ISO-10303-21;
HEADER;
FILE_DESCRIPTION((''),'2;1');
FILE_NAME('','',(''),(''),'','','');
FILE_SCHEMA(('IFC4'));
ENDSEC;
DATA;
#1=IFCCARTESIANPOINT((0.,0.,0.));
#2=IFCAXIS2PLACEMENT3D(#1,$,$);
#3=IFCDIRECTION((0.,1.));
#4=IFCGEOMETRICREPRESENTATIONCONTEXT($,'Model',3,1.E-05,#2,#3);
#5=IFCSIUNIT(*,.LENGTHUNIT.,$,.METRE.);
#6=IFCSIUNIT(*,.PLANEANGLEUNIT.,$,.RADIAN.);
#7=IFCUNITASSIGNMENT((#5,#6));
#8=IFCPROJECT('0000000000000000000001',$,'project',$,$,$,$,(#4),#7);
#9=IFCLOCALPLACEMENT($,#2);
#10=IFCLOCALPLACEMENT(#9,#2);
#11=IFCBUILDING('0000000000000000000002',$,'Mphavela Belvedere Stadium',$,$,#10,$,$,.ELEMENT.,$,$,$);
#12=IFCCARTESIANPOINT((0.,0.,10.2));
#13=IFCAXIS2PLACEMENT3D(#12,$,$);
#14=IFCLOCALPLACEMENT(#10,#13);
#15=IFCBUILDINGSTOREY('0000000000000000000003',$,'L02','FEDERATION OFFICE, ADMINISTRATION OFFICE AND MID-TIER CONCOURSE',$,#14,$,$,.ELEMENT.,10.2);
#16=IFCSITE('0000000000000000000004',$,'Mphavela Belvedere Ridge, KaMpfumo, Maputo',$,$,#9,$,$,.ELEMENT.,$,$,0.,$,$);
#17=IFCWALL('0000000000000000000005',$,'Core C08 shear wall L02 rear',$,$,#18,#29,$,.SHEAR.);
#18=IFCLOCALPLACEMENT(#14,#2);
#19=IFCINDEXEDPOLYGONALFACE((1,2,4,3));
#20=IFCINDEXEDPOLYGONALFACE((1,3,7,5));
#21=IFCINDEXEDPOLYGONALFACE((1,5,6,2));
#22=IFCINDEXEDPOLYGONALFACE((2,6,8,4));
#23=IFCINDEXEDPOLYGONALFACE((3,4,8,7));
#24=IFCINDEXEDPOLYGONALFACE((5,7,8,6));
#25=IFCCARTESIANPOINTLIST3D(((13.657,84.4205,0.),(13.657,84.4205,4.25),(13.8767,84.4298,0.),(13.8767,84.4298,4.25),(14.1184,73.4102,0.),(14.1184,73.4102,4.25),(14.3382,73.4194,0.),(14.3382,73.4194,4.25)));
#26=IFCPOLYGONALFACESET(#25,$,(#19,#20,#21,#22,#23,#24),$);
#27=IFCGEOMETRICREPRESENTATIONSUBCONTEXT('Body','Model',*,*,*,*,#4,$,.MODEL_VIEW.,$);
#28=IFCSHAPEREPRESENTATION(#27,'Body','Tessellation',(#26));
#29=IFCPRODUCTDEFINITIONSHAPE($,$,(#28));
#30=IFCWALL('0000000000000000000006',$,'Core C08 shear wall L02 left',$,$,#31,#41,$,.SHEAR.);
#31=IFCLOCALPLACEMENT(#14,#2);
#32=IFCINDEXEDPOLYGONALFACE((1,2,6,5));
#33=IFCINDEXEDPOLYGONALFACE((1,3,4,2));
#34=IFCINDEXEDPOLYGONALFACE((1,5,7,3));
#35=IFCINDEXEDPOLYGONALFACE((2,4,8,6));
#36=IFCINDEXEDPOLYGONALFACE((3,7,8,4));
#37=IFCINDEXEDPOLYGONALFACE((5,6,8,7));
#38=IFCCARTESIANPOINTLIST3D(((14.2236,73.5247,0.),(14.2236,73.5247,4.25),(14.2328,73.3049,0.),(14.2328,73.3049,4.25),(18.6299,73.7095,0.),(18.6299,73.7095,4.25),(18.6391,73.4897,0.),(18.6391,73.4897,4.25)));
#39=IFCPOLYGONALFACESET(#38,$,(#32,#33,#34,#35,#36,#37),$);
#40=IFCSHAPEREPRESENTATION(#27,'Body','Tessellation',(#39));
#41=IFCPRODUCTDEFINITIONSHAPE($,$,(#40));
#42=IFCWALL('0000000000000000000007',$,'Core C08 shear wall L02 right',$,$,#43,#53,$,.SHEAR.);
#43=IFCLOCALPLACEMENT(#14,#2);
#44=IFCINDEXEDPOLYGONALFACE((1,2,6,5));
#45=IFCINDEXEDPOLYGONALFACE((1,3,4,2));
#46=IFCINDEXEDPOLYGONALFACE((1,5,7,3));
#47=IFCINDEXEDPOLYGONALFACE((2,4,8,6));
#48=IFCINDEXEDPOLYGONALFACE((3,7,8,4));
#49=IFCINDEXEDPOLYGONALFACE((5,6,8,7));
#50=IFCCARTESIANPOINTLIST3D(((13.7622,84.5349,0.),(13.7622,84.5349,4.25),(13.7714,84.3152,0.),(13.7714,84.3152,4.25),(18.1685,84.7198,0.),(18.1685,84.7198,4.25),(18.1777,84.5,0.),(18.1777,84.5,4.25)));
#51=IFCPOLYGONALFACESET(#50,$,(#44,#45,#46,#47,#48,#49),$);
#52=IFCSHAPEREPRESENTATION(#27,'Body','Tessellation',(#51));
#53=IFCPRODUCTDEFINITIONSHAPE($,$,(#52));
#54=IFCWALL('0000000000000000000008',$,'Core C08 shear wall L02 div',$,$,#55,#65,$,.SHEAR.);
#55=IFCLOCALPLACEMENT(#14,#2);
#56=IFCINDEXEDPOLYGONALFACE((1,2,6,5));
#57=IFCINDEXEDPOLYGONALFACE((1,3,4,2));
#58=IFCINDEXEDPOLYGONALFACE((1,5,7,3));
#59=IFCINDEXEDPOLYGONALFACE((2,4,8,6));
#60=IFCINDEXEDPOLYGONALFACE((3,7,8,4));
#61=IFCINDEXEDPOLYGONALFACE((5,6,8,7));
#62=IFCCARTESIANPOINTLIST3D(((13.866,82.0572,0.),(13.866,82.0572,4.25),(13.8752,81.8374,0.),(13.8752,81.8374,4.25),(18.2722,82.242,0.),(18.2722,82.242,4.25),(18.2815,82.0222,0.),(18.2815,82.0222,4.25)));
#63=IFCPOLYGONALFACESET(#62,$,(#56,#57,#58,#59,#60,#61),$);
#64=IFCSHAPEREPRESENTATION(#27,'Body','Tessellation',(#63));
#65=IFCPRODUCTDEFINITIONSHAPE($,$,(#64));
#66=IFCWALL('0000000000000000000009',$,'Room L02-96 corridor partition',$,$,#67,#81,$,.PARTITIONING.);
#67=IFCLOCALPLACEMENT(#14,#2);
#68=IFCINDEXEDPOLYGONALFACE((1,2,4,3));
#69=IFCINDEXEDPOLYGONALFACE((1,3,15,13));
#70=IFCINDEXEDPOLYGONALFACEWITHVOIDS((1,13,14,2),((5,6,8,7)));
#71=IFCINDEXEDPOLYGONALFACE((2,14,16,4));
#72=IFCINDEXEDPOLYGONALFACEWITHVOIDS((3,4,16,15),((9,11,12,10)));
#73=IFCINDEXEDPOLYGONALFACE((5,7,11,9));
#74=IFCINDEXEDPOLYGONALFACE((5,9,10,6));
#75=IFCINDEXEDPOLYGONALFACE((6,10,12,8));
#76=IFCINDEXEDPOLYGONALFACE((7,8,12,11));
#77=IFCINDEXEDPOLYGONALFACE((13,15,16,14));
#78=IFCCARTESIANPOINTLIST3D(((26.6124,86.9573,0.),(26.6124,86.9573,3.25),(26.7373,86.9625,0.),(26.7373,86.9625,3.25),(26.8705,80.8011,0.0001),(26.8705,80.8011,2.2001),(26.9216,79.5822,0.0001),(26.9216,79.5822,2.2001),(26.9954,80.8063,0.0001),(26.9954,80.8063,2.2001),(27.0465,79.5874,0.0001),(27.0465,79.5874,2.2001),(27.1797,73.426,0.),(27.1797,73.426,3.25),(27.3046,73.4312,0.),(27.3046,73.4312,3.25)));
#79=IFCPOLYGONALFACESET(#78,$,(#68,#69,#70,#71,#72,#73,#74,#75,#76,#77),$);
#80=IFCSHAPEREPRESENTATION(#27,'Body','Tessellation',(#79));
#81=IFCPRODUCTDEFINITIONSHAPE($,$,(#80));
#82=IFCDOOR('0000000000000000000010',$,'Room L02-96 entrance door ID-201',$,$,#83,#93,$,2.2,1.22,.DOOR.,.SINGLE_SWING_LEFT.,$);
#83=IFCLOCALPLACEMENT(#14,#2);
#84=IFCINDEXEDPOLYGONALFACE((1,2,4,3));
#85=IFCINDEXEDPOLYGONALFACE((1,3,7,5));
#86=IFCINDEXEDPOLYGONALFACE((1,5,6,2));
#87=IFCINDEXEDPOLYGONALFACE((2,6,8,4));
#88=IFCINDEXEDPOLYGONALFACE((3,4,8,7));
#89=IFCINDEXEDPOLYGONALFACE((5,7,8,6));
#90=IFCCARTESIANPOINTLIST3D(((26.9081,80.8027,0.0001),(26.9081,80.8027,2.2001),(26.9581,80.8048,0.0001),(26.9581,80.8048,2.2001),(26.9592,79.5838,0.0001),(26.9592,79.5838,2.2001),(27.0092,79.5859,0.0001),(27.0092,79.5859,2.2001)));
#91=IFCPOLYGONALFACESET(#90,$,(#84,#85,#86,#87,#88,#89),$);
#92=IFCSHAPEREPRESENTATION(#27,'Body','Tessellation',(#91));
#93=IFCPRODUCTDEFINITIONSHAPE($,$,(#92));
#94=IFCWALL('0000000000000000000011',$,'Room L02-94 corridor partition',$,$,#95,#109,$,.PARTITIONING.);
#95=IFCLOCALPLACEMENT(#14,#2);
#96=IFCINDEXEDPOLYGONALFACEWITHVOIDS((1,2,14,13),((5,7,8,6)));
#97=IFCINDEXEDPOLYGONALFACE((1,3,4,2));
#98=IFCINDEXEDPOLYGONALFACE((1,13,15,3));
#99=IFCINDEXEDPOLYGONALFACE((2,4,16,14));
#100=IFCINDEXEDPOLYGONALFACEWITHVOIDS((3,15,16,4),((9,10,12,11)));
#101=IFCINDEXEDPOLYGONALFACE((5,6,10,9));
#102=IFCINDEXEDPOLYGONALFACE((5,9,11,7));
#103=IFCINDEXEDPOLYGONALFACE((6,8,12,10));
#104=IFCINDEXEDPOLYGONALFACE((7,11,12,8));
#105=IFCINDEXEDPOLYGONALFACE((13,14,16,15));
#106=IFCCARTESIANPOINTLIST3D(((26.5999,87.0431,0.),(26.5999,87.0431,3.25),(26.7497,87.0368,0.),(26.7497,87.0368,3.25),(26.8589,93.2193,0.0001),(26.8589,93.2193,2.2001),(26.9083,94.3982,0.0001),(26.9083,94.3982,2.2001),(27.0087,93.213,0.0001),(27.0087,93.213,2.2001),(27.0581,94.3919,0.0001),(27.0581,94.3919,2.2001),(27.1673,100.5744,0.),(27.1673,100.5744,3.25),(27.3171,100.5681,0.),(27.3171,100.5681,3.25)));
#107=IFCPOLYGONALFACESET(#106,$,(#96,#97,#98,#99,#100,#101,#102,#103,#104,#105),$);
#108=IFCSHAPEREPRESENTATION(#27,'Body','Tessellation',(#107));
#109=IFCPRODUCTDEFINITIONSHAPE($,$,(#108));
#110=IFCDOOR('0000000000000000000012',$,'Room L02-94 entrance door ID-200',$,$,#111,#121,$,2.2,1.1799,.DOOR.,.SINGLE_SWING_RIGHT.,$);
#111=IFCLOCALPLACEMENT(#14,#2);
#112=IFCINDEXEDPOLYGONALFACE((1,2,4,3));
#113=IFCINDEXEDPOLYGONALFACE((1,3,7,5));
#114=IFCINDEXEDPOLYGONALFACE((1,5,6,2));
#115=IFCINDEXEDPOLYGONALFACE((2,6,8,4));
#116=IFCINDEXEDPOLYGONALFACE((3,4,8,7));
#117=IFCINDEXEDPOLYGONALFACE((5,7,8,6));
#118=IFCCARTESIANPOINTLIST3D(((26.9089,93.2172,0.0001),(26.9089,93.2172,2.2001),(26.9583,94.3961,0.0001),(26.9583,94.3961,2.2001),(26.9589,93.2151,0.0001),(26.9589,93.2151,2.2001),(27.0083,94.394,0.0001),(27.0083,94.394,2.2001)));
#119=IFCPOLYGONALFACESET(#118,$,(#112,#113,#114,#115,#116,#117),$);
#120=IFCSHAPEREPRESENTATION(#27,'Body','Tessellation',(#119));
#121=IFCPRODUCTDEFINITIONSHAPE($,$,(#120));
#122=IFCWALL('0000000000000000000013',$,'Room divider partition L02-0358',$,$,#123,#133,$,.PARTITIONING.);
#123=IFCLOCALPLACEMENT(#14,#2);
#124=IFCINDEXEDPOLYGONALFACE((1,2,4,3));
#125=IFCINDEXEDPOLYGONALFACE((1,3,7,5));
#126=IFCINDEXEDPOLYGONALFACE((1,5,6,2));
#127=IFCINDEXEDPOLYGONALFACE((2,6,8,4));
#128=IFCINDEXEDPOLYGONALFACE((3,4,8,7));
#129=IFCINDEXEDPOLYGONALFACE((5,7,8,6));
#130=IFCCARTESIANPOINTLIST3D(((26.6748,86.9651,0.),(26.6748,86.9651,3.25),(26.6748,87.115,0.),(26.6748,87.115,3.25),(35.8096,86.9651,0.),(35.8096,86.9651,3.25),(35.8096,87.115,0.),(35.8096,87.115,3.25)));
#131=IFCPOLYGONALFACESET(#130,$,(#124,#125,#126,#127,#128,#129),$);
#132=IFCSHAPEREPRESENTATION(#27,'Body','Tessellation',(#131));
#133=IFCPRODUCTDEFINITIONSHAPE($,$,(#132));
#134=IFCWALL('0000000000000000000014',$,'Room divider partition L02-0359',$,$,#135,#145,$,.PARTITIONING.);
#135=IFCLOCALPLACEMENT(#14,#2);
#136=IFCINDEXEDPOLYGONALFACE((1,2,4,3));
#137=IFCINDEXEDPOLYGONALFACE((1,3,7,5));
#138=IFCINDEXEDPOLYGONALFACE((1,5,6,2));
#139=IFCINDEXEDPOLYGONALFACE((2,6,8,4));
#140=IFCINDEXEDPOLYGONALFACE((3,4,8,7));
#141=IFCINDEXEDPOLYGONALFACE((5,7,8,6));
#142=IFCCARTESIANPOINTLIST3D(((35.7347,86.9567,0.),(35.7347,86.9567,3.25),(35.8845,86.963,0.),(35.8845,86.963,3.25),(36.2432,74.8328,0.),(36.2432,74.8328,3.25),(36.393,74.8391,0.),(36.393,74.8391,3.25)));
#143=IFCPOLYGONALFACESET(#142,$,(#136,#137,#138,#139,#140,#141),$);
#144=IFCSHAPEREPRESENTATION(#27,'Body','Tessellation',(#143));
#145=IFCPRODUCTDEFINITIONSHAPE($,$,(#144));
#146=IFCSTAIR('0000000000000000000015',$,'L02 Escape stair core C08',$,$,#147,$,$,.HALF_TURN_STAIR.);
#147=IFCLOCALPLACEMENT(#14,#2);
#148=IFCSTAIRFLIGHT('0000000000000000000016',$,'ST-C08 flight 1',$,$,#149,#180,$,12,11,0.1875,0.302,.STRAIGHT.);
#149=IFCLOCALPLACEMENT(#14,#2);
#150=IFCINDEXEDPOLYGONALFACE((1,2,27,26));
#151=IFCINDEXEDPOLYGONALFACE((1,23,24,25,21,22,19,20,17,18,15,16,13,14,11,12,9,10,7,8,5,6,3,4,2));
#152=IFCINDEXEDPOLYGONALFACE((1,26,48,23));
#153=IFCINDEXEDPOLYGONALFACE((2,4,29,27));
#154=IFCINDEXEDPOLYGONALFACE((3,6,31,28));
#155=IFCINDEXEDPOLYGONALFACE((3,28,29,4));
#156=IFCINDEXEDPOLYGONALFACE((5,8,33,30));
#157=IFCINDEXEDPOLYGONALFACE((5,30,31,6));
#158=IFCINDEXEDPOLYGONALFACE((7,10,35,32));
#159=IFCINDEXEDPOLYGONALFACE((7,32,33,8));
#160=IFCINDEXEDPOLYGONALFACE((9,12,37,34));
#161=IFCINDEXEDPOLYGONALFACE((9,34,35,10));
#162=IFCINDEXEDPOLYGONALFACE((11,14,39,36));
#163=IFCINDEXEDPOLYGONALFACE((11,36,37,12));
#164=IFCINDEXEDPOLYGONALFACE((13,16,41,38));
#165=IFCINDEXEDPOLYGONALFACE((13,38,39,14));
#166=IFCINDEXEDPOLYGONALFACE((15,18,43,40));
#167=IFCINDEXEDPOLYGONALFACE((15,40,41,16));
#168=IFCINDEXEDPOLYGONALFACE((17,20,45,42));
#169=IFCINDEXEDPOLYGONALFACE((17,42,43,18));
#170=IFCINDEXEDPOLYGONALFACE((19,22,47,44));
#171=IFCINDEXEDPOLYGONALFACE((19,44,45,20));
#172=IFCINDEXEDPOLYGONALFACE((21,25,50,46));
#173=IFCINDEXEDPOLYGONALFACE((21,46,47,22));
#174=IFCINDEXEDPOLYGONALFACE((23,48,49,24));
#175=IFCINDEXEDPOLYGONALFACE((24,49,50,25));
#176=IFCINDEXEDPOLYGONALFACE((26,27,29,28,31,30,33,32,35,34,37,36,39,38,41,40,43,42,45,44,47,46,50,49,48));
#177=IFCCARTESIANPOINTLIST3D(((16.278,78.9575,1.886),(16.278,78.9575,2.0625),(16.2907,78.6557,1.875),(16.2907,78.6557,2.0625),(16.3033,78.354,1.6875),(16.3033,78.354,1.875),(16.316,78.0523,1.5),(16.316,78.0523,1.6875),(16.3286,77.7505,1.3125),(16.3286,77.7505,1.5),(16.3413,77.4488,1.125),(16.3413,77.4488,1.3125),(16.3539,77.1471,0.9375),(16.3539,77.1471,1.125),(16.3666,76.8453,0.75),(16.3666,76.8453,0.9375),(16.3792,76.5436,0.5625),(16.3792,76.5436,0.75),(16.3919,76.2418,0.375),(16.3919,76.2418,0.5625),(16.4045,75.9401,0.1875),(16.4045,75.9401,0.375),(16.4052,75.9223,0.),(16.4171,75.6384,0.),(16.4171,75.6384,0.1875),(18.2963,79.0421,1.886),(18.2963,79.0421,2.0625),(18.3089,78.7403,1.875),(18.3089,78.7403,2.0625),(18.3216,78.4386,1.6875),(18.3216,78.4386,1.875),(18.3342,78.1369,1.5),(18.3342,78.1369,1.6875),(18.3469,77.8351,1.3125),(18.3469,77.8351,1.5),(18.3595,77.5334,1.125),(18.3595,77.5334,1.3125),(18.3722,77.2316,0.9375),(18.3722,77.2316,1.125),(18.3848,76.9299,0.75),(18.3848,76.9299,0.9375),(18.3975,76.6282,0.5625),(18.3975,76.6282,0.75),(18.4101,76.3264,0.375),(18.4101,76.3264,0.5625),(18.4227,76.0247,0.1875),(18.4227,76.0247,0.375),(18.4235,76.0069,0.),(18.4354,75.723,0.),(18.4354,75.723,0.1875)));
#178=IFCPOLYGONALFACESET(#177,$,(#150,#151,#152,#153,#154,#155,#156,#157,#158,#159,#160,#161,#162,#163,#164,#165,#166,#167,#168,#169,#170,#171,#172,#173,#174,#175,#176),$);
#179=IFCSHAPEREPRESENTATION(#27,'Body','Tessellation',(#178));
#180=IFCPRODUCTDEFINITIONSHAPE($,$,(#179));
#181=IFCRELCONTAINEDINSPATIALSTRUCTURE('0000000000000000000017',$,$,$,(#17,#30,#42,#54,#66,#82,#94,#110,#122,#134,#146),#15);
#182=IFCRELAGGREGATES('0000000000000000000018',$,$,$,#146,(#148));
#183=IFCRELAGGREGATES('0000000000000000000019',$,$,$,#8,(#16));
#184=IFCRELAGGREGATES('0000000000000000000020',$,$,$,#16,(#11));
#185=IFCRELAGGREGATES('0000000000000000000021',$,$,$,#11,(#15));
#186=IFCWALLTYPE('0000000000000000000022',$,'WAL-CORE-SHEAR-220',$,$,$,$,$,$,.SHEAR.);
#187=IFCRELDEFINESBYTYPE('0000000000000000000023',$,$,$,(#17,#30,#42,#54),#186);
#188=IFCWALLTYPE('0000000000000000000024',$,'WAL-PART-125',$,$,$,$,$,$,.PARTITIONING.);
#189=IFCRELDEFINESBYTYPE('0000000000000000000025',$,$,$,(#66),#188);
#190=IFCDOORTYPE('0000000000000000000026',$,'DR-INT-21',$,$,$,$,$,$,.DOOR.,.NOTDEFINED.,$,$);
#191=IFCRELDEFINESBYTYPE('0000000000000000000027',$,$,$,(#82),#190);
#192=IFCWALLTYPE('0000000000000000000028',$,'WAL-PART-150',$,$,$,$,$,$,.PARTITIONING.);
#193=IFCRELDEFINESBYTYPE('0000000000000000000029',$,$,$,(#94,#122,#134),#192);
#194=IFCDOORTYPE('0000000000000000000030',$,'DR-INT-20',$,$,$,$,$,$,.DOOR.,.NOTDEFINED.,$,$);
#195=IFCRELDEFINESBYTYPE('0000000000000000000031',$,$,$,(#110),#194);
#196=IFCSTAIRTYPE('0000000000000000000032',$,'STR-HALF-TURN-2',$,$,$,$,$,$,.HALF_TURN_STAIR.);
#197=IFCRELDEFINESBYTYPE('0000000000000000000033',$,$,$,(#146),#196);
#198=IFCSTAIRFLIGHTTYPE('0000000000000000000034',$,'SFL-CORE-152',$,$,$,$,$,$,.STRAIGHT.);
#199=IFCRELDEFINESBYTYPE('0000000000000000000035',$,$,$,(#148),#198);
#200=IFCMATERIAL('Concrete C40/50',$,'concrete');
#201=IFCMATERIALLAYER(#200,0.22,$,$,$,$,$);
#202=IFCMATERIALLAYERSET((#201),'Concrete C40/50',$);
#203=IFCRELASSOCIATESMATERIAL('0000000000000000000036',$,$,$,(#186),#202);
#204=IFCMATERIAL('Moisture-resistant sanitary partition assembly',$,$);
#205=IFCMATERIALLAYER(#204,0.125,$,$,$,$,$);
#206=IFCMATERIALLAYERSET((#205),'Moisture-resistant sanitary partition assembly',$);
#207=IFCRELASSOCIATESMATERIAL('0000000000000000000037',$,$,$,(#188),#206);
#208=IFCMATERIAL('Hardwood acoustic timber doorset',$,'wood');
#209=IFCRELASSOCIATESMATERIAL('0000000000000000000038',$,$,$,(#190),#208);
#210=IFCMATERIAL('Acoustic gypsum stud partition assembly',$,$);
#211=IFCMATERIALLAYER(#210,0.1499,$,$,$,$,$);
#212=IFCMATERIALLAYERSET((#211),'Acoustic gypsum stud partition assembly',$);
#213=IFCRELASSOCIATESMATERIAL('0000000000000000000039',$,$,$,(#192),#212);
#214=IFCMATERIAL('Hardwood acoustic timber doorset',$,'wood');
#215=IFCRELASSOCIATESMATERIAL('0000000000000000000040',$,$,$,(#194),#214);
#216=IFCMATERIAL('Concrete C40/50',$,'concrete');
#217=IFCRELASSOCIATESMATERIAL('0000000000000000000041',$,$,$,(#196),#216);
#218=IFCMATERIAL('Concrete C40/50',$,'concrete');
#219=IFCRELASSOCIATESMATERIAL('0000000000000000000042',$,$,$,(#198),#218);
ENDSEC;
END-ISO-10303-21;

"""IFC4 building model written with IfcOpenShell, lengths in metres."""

from ifc_helpers import new_model, si_unit, direction, frame, frame_2d, origin, place, context, subcontext, project, spatial, polyline, rectangle, outline, extrude, material, layer, layer_set, type_object, element, fill, aggregate, save


model = new_model("IFC4")

# Units and contexts
model_context = context("Model", 3, precision=1e-05, world=origin(), true_north=direction((0.0, 1.0)))
body_context = subcontext(model_context, "Body", "Model", "MODEL_VIEW")
ifc_project = project(units=[si_unit("LENGTHUNIT", "METRE"), si_unit("PLANEANGLEUNIT", "RADIAN")], contexts=[model_context])

# Site, building, storey
site_placement = place(None, origin())
site = spatial("IfcSite", under=ifc_project, at=site_placement, Name="Mphavela Belvedere Ridge, KaMpfumo, Maputo", CompositionType="ELEMENT", RefElevation=0.0)
building_placement = place(site_placement, origin())
building = spatial("IfcBuilding", under=site, at=building_placement, Name="Mphavela Belvedere Stadium", CompositionType="ELEMENT")
storey_placement = place(building_placement, frame((0.0, 0.0, 10.2)))
storey = spatial("IfcBuildingStorey", under=building, at=storey_placement, Name="L02", Description="FEDERATION OFFICE, ADMINISTRATION OFFICE AND MID-TIER CONCOURSE", CompositionType="ELEMENT", Elevation=10.2)

# Walls
ifc_material_1 = material(Name="Concrete C40/50", Category="concrete")
ifc_layer_1 = layer(ifc_material_1, 0.22)
ifc_layer_set_1 = layer_set([ifc_layer_1], Name="Concrete C40/50")
wall_type_1 = type_object("IfcWallType", Name="WAL-CORE-SHEAR-220", PredefinedType="SHEAR", material=ifc_layer_set_1)
wall_1_placement = place(storey_placement, frame((14.2283, 73.4148, 0.0), z_axis=(0.0, 0.0, 1.0), x_axis=(-0.041872, 0.999123, 0.0)))
element("IfcWall", 1, at=wall_1_placement, inside=storey, type_object=wall_type_1, Name="Core C08 shear wall L02 rear", PredefinedType="SHEAR", context=body_context, shape_type="SweptSolid", body=[
    extrude(rectangle(XDim=11.02, YDim=0.22, at=frame_2d((5.51, 0.0))), origin(), (0.0, 0.0, 1.0), 4.25),
])
for number, where, z_axis, x_axis, name in (
    (2, (18.6345, 73.5996, 0.0), (0.0, 0.0, 1.0), (-0.999122, -0.041907, 0.0), "Core C08 shear wall L02 left"),
    (3, (18.1731, 84.6099, 0.0), (0.0, 0.0, 1.0), (-0.999122, -0.041907, 0.0), "Core C08 shear wall L02 right"),
):
    element("IfcWall", number, at=place(storey_placement, frame(where, z_axis=z_axis, x_axis=x_axis)), inside=storey, type_object=wall_type_1, Name=name, PredefinedType="SHEAR", context=body_context, shape_type="SweptSolid", body=[
        extrude(rectangle(XDim=4.4102, YDim=0.22, at=frame_2d((2.2051, 0.0))), origin(), (0.0, 0.0, 1.0), 4.25),
    ])

# Wall
wall_2_placement = place(storey_placement, frame((18.2769, 82.1321, 0.0), z_axis=(0.0, 0.0, 1.0), x_axis=(-0.999122, -0.041907, 0.0)))
element("IfcWall", 4, at=wall_2_placement, inside=storey, type_object=wall_type_1, Name="Core C08 shear wall L02 div", PredefinedType="SHEAR", context=body_context, shape_type="SweptSolid", body=[
    extrude(rectangle(XDim=4.4102, YDim=0.22, at=frame_2d((2.2051, 0.0))), origin(), (0.0, 0.0, 1.0), 4.25),
])

# Walls, openings, doors
ifc_material_2 = material(Name="Moisture-resistant sanitary partition assembly")
ifc_layer_2 = layer(ifc_material_2, 0.125)
ifc_layer_set_2 = layer_set([ifc_layer_2], Name="Moisture-resistant sanitary partition assembly")
wall_type_2 = type_object("IfcWallType", Name="WAL-PART-125", PredefinedType="PARTITIONING", material=ifc_layer_set_2)
wall_3_placement = place(storey_placement, frame((27.2422, 73.4287, 0.0), z_axis=(0.0, 0.0, 1.0), x_axis=(-0.041894, 0.999122, 0.0)))
wall_3 = element("IfcWall", 5, at=wall_3_placement, inside=storey, type_object=wall_type_2, Name="Room L02-96 corridor partition", PredefinedType="PARTITIONING", context=body_context, shape_type="SweptSolid", body=[
    extrude(rectangle(XDim=13.5432, YDim=0.125, at=frame_2d((6.7715, 0.0))), origin(), (0.0, 0.0, 1.0), 3.25),
])
opening_1_placement = place(wall_3_placement, frame((6.1616, 0.0, 0.0)))
opening_1 = element("IfcOpeningElement", 6, at=opening_1_placement, cuts=wall_3, PredefinedType="OPENING", context=body_context, shape_type="SweptSolid", body=[
    extrude(rectangle(XDim=1.22, YDim=2.2, at=frame_2d((0.6099, 1.1001))), frame((0.0, 0.0725, 0.0), z_axis=(0.0, -1.0, 0.0), x_axis=(1.0, 0.0, 0.0)), (0.0, 0.0, 1.0), 0.145),
])
ifc_material_3 = material(Name="Hardwood acoustic timber doorset", Category="wood")
door_type_1 = type_object("IfcDoorType", Name="DR-INT-21", OperationType="NOTDEFINED", PredefinedType="DOOR", material=ifc_material_3)
door_1_placement = place(opening_1_placement, origin())
door_1 = element("IfcDoor", 7, at=door_1_placement, inside=storey, type_object=door_type_1, Name="Room L02-96 entrance door ID-201", OperationType="SINGLE_SWING_LEFT", OverallHeight=2.2, OverallWidth=1.22, PredefinedType="DOOR", context=body_context, shape_type="SweptSolid", body=[
    extrude(rectangle(XDim=1.22, YDim=2.2, at=frame_2d((0.6099, 1.1001))), frame((0.0, 0.0249, 0.0), z_axis=(0.0, -1.0, 0.0), x_axis=(1.0, 0.0, 0.0)), (0.0, 0.0, 1.0), 0.05),
])
fill(opening_1, door_1)
ifc_material_4 = material(Name="Acoustic gypsum stud partition assembly")
ifc_layer_3 = layer(ifc_material_4, 0.1499)
ifc_layer_set_3 = layer_set([ifc_layer_3], Name="Acoustic gypsum stud partition assembly")
wall_type_3 = type_object("IfcWallType", Name="WAL-PART-150", PredefinedType="PARTITIONING", material=ifc_layer_set_3)
wall_4_placement = place(storey_placement, frame((26.6748, 87.04, 0.0), z_axis=(0.0, 0.0, 1.0), x_axis=(0.041894, 0.999122, 0.0)))
wall_4 = element("IfcWall", 8, at=wall_4_placement, inside=storey, type_object=wall_type_3, Name="Room L02-94 corridor partition", PredefinedType="PARTITIONING", context=body_context, shape_type="SweptSolid", body=[
    extrude(rectangle(XDim=13.5432, YDim=0.1499, at=frame_2d((6.7715, 0.0))), origin(), (0.0, 0.0, 1.0), 3.25),
])
opening_2_placement = place(wall_4_placement, frame((6.1816, 0.0, 0.0)))
opening_2 = element("IfcOpeningElement", 9, at=opening_2_placement, cuts=wall_4, PredefinedType="OPENING", context=body_context, shape_type="SweptSolid", body=[
    extrude(rectangle(XDim=1.1799, YDim=2.2, at=frame_2d((0.5898, 1.1001))), frame((0.0, 0.085, 0.0), z_axis=(0.0, -1.0, 0.0), x_axis=(1.0, 0.0, 0.0)), (0.0, 0.0, 1.0), 0.1699),
])
ifc_material_5 = material(Name="Hardwood acoustic timber doorset", Category="wood")
door_type_2 = type_object("IfcDoorType", Name="DR-INT-20", OperationType="NOTDEFINED", PredefinedType="DOOR", material=ifc_material_5)
door_2_placement = place(opening_2_placement, origin())
door_2 = element("IfcDoor", 10, at=door_2_placement, inside=storey, type_object=door_type_2, Name="Room L02-94 entrance door ID-200", OperationType="SINGLE_SWING_RIGHT", OverallHeight=2.2, OverallWidth=1.1799, PredefinedType="DOOR", context=body_context, shape_type="SweptSolid", body=[
    extrude(rectangle(XDim=1.1799, YDim=2.2, at=frame_2d((0.5898, 1.1001))), frame((0.0, 0.0249, 0.0), z_axis=(0.0, -1.0, 0.0), x_axis=(1.0, 0.0, 0.0)), (0.0, 0.0, 1.0), 0.05),
])
fill(opening_2, door_2)

# Walls
wall_5_placement = place(storey_placement, frame((35.8096, 87.04, 0.0), z_axis=(0.0, 0.0, 1.0), x_axis=(-1.0, 0.0, 0.0)))
element("IfcWall", 11, at=wall_5_placement, inside=storey, type_object=wall_type_3, Name="Room divider partition L02-0358", PredefinedType="PARTITIONING", context=body_context, shape_type="SweptSolid", body=[
    extrude(rectangle(XDim=9.1348, YDim=0.1499, at=frame_2d((4.5674, 0.0))), origin(), (0.0, 0.0, 1.0), 3.25),
])
wall_6_placement = place(storey_placement, frame((35.8096, 86.96, 0.0), z_axis=(0.0, 0.0, 1.0), x_axis=(0.041909, -0.999121, 0.0)))
element("IfcWall", 12, at=wall_6_placement, inside=storey, type_object=wall_type_3, Name="Room divider partition L02-0359", PredefinedType="PARTITIONING", context=body_context, shape_type="SweptSolid", body=[
    extrude(rectangle(XDim=12.1345, YDim=0.1499, at=frame_2d((6.0674, 0.0))), origin(), (0.0, 0.0, 1.0), 3.25),
])

# Stair, stair flight
ifc_material_6 = material(Name="Concrete C40/50", Category="concrete")
stair_type = type_object("IfcStairType", Name="STR-HALF-TURN-2", PredefinedType="HALF_TURN_STAIR", material=ifc_material_6)
stair_placement = place(storey_placement, origin())
stair = element("IfcStair", 13, at=stair_placement, inside=storey, type_object=stair_type, Name="L02 Escape stair core C08", PredefinedType="HALF_TURN_STAIR")
ifc_material_7 = material(Name="Concrete C40/50", Category="concrete")
stair_flight_type = type_object("IfcStairFlightType", Name="SFL-CORE-152", PredefinedType="STRAIGHT", material=ifc_material_7)
stair_flight_1_placement = place(storey_placement, frame((17.4263, 75.6807, 0.0), z_axis=(0.0, 0.0, 1.0), x_axis=(-0.041876, 0.999123, 0.0)))
stair_flight_1 = element("IfcStairFlight", 14, at=stair_flight_1_placement, type_object=stair_flight_type, Name="ST-C08 flight 1", NumberOfRisers=12, NumberOfTreads=11, PredefinedType="STRAIGHT", RiserHeight=0.1875, TreadLength=0.302, context=body_context, shape_type="SweptSolid", body=[
    extrude(outline(polyline([(0.0, 0.0), (0.0, 0.1875), (0.302, 0.1875), (0.302, 0.375), (0.604, 0.375), (0.604, 0.5625), (0.906, 0.5625), (0.906, 0.75), (1.208, 0.75), (1.208, 0.9375), (1.51, 0.9375), (1.51, 1.125), (1.812, 1.125), (1.812, 1.3125), (2.114, 1.3125), (2.114, 1.5), (2.416, 1.5), (2.416, 1.6875), (2.718, 1.6875), (2.718, 1.875), (3.02, 1.875), (3.02, 2.0625), (3.322, 2.0625), (3.322, 2.25), (3.322, 1.886), (0.2842, 0.0), (0.0, 0.0)])), frame((0.0, 1.01, 0.0), z_axis=(0.0, -1.0, 0.0), x_axis=(1.0, 0.0, 0.0)), (0.0, 0.0, 1.0), 2.02),
])
aggregate(stair, [stair_flight_1])

save(model, "model.ifc")
